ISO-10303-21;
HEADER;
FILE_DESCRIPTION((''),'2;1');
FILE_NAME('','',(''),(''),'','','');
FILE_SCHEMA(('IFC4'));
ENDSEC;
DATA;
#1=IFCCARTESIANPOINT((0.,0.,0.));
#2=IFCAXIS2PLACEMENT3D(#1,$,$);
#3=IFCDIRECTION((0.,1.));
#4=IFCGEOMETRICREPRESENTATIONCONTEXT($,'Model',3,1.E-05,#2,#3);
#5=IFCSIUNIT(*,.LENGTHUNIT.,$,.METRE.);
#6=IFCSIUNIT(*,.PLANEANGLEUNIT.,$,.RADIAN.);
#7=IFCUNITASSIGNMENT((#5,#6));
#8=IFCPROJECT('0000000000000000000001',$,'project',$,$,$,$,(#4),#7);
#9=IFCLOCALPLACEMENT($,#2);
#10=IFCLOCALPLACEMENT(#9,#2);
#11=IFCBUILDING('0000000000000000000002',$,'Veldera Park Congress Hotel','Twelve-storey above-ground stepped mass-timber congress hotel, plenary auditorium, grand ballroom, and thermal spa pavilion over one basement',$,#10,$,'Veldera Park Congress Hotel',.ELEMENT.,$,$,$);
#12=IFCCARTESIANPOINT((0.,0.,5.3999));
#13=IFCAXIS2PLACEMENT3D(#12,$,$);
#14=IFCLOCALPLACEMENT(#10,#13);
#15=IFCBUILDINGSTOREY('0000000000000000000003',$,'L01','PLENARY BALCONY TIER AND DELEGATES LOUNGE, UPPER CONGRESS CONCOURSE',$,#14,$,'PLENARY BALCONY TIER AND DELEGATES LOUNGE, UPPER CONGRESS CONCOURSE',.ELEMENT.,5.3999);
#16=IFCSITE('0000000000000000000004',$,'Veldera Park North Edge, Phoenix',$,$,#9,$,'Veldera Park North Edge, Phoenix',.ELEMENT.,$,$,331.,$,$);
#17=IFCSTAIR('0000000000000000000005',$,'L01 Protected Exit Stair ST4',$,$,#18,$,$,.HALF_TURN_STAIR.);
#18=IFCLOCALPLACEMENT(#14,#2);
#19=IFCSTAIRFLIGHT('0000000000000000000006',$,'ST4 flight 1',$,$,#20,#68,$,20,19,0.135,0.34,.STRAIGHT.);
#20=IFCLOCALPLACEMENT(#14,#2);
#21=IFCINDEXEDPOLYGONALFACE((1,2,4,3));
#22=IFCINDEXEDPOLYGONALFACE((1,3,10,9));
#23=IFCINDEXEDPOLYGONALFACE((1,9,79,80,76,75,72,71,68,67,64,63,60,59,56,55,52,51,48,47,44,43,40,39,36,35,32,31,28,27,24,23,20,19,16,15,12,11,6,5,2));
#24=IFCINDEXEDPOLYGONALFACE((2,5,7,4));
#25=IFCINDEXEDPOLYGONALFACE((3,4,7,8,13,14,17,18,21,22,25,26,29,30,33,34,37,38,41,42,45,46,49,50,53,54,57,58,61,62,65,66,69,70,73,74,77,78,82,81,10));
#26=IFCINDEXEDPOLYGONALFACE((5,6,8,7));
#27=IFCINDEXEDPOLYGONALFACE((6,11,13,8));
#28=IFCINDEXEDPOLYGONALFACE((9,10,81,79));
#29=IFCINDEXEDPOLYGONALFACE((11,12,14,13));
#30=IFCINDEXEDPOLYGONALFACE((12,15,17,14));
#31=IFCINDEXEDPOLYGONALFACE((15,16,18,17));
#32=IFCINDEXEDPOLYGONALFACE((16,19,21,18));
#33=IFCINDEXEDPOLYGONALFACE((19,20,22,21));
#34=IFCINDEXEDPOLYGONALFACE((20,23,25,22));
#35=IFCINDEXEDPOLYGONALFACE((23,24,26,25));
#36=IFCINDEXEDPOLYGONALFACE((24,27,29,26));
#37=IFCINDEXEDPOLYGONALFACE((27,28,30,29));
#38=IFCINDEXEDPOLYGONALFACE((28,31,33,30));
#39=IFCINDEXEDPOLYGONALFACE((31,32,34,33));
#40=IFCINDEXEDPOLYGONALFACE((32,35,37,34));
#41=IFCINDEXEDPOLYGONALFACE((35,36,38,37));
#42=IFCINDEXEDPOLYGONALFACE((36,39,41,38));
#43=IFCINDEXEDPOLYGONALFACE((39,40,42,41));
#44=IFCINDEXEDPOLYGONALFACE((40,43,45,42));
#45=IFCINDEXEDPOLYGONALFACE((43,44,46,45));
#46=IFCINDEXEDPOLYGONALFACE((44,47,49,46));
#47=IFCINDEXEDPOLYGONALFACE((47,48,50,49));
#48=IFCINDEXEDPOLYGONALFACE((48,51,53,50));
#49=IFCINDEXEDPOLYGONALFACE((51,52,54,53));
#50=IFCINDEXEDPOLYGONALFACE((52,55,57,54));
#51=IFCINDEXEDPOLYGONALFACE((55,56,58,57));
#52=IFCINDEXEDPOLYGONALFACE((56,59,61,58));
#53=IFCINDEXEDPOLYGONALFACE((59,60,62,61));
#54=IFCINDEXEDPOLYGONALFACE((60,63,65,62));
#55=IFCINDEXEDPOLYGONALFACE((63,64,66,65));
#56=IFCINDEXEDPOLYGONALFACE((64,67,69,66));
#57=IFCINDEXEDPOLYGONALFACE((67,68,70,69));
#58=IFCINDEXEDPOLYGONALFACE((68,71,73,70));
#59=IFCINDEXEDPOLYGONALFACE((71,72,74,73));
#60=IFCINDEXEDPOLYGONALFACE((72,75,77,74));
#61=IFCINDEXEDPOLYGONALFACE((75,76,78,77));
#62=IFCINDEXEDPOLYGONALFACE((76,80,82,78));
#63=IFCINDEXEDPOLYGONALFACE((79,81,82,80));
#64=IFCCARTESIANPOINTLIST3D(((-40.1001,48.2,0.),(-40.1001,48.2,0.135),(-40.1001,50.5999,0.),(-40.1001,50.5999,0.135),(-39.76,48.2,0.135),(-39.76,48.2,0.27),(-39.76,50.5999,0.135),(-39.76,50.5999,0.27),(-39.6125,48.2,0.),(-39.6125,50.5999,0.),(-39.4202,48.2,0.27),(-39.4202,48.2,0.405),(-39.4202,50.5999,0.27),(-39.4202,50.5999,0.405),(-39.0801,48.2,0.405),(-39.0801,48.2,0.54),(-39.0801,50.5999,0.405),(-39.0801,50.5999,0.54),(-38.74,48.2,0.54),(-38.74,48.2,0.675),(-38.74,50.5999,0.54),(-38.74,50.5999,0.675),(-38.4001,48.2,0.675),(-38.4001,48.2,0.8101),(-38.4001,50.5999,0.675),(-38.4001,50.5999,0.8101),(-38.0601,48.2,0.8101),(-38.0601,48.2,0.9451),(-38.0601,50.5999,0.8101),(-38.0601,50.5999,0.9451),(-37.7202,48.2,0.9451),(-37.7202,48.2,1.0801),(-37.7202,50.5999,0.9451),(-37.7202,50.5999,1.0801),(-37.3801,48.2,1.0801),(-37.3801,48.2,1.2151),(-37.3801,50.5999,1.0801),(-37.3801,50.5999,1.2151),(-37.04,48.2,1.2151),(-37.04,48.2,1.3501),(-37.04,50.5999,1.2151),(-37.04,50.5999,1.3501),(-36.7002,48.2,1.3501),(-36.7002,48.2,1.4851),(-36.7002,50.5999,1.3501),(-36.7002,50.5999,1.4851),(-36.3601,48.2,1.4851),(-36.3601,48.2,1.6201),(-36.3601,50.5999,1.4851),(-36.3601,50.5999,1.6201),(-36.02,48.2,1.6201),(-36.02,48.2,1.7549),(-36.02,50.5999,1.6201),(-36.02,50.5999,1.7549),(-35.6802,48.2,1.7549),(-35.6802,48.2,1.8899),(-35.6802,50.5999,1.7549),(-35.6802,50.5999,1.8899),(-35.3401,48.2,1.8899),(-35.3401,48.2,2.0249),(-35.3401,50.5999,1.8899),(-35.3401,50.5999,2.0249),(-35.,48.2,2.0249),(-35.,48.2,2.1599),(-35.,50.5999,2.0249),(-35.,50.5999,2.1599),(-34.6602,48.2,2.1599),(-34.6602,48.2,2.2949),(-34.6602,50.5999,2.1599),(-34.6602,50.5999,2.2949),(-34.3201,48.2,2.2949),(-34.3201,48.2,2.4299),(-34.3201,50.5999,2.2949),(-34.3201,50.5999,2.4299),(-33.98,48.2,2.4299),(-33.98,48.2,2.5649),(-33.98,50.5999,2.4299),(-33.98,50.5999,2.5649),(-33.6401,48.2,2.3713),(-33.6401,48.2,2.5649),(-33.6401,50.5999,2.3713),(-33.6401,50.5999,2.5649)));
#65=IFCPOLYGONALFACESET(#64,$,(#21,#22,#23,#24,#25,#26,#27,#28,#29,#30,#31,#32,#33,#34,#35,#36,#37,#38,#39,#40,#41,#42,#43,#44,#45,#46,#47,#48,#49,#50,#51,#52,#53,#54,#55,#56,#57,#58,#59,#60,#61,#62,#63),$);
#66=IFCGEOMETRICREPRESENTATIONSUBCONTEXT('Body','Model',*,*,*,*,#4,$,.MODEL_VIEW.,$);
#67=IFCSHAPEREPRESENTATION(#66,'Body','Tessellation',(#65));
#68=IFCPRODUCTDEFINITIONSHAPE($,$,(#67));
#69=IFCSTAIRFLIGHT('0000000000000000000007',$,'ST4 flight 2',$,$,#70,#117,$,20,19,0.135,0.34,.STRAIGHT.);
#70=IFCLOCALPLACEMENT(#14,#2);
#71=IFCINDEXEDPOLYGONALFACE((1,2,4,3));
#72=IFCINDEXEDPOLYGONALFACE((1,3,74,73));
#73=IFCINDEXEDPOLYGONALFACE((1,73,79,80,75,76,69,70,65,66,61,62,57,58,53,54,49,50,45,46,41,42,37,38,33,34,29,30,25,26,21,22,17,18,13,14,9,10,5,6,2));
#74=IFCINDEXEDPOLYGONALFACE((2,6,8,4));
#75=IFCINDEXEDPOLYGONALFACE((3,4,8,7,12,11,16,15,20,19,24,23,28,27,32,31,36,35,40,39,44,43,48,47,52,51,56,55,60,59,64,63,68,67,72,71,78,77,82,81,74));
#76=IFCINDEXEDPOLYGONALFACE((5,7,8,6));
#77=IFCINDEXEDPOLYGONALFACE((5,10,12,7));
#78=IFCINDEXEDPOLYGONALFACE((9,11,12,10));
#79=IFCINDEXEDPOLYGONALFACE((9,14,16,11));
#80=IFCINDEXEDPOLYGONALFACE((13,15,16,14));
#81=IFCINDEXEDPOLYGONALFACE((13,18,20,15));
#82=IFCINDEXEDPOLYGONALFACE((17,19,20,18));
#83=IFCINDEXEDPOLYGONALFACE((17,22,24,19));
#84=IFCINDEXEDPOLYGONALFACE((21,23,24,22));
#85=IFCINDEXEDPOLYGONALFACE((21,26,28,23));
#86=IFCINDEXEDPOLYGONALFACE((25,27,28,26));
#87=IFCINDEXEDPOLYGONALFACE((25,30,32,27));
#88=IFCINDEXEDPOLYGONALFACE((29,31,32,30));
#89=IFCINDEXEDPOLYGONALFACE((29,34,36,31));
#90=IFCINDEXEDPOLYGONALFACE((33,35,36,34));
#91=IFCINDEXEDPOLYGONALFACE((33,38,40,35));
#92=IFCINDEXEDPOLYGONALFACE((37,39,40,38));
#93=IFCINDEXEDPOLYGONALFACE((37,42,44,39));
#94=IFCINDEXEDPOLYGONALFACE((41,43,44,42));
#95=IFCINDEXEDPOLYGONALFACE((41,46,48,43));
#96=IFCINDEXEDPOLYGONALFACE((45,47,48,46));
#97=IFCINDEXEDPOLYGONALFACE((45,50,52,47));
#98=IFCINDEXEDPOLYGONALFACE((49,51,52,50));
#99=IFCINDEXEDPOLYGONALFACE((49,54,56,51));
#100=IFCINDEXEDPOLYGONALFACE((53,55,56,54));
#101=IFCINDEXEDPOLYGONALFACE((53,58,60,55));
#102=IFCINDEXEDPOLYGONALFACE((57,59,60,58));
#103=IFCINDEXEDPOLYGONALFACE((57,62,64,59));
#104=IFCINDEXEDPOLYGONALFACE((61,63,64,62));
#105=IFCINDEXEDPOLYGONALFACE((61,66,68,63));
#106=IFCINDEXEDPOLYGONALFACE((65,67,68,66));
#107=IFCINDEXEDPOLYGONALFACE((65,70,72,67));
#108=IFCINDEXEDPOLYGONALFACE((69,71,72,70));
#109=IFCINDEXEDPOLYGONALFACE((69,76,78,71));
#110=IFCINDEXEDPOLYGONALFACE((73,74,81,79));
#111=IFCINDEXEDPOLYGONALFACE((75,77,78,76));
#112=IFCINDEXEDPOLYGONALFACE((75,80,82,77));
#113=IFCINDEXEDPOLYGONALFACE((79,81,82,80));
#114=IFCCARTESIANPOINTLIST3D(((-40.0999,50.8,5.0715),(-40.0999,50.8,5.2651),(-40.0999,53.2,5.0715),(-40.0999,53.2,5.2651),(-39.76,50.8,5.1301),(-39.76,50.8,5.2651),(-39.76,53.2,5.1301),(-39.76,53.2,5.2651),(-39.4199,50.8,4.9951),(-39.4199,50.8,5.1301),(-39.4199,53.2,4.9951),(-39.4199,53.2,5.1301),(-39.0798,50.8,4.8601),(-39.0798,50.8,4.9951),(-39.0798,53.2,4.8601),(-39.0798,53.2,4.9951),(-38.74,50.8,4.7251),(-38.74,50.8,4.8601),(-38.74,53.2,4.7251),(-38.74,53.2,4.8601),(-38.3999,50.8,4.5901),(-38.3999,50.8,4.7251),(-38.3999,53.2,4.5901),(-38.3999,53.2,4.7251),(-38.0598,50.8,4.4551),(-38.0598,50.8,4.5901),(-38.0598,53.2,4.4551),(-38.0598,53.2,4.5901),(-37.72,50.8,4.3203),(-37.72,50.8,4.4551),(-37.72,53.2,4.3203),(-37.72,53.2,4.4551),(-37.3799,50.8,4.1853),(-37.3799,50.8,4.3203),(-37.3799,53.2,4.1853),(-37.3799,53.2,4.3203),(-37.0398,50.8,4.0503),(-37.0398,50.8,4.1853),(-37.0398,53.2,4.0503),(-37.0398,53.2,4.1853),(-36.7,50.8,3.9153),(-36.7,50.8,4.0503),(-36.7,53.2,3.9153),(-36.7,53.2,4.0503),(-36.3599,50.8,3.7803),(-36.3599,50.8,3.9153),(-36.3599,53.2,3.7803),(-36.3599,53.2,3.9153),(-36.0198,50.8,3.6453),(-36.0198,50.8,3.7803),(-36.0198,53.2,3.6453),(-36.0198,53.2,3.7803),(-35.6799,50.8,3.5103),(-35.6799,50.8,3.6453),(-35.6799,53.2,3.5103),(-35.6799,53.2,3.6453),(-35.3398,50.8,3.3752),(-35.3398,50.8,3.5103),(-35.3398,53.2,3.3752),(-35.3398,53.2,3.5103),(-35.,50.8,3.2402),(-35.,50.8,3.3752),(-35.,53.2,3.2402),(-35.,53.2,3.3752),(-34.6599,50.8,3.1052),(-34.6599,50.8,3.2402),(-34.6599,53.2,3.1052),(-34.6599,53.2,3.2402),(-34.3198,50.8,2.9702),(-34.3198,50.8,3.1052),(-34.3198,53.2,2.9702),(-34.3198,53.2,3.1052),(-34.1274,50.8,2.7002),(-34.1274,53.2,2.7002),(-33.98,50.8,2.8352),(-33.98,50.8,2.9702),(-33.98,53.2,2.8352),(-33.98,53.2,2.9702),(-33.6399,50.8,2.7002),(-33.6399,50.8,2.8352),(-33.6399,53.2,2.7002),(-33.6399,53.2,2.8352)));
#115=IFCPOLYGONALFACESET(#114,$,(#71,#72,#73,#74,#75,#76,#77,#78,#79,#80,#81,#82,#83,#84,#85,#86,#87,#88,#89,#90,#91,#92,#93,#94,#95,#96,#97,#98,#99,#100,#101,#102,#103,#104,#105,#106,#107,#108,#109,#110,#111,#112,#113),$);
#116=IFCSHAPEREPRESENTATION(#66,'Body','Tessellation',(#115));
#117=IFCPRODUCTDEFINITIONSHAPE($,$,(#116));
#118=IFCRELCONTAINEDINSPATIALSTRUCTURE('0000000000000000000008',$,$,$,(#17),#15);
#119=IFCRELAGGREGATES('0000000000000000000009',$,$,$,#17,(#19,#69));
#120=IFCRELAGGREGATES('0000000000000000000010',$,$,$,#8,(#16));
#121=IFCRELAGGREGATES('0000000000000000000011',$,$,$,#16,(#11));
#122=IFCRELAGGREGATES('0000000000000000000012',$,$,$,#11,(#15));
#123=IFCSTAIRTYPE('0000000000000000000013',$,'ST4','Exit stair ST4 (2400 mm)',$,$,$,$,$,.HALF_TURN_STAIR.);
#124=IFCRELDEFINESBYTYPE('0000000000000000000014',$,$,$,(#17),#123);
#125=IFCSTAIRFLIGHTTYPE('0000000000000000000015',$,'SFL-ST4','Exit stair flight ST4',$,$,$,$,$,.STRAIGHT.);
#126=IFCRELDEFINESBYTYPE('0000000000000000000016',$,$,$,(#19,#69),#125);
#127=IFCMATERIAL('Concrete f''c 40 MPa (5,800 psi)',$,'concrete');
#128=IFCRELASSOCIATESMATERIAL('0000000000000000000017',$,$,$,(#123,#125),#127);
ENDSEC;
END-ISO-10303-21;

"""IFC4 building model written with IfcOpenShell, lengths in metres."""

from ifc_helpers import new_model, si_unit, direction, frame, origin, place, context, subcontext, project, spatial, polyline, outline, extrude, material, type_object, element, aggregate, save


model = new_model("IFC4")

# Units and contexts
model_context = context("Model", 3, precision=1e-05, world=origin(), true_north=direction((0.0, 1.0)))
body_context = subcontext(model_context, "Body", "Model", "MODEL_VIEW")
ifc_project = project(units=[si_unit("LENGTHUNIT", "METRE"), si_unit("PLANEANGLEUNIT", "RADIAN")], contexts=[model_context])

# Site, building, storey
site_placement = place(None, origin())
site = spatial("IfcSite", under=ifc_project, at=site_placement, Name="Veldera Park North Edge, Phoenix", LongName="Veldera Park North Edge, Phoenix", CompositionType="ELEMENT", RefElevation=331.0)
building_placement = place(site_placement, origin())
building = spatial("IfcBuilding", under=site, at=building_placement, Name="Veldera Park Congress Hotel", Description="Twelve-storey above-ground stepped mass-timber congress hotel, plenary auditorium, grand ballroom, and thermal spa pavilion over one basement", LongName="Veldera Park Congress Hotel", CompositionType="ELEMENT")
storey_placement = place(building_placement, frame((0.0, 0.0, 5.3999)))
storey = spatial("IfcBuildingStorey", under=building, at=storey_placement, Name="L01", Description="PLENARY BALCONY TIER AND DELEGATES LOUNGE, UPPER CONGRESS CONCOURSE", LongName="PLENARY BALCONY TIER AND DELEGATES LOUNGE, UPPER CONGRESS CONCOURSE", CompositionType="ELEMENT", Elevation=5.3999)

# Shared definitions
ifc_material_1 = material(Name="Concrete f'c 40 MPa (5,800 psi)", Category="concrete")

# Stair, stair flights
stair_type = type_object("IfcStairType", Name="ST4", Description="Exit stair ST4 (2400 mm)", PredefinedType="HALF_TURN_STAIR", material=ifc_material_1)
stair_placement = place(storey_placement, origin())
stair = element("IfcStair", 1, at=stair_placement, inside=storey, type_object=stair_type, Name="L01 Protected Exit Stair ST4", PredefinedType="HALF_TURN_STAIR")
stair_flight_type = type_object("IfcStairFlightType", Name="SFL-ST4", Description="Exit stair flight ST4", PredefinedType="STRAIGHT", material=ifc_material_1)
stair_flight_1_placement = place(storey_placement, frame((-40.1001, 49.3999, 0.0), z_axis=(0.0, 0.0, 1.0), x_axis=(1.0, 0.0, 0.0)))
stair_flight_1 = element("IfcStairFlight", 2, at=stair_flight_1_placement, type_object=stair_flight_type, Name="ST4 flight 1", NumberOfRisers=20, NumberOfTreads=19, PredefinedType="STRAIGHT", RiserHeight=0.135, TreadLength=0.34, context=body_context, shape_type="SweptSolid", body=[
    extrude(outline(polyline([(0.0, 0.0), (0.0, 0.135), (0.3401, 0.135), (0.3401, 0.27), (0.6799, 0.27), (0.6799, 0.405), (1.02, 0.405), (1.02, 0.54), (1.3601, 0.54), (1.3601, 0.675), (1.7, 0.675), (1.7, 0.8101), (2.04, 0.8101), (2.04, 0.9451), (2.3799, 0.9451), (2.3799, 1.0801), (2.72, 1.0801), (2.72, 1.2151), (3.0601, 1.2151), (3.0601, 1.3501), (3.3999, 1.3501), (3.3999, 1.4851), (3.74, 1.4851), (3.74, 1.6201), (4.0801, 1.6201), (4.0801, 1.7549), (4.4199, 1.7549), (4.4199, 1.8899), (4.76, 1.8899), (4.76, 2.0249), (5.1001, 2.0249), (5.1001, 2.1599), (5.4399, 2.1599), (5.4399, 2.2949), (5.78, 2.2949), (5.78, 2.4299), (6.1201, 2.4299), (6.1201, 2.5649), (6.46, 2.5649), (6.46, 2.7), (6.46, 2.7), (6.46, 2.3713), (0.4875, 0.0), (0.0, 0.0)])), frame((0.0, 1.2, 0.0), z_axis=(0.0, -1.0, 0.0), x_axis=(1.0, 0.0, 0.0)), (0.0, 0.0, 1.0), 2.3999),
])
stair_flight_2_placement = place(storey_placement, frame((-33.6399, 52.0, 2.7002), z_axis=(0.0, 0.0, 1.0), x_axis=(-1.0, 0.0, 0.0)))
stair_flight_2 = element("IfcStairFlight", 3, at=stair_flight_2_placement, type_object=stair_flight_type, Name="ST4 flight 2", NumberOfRisers=20, NumberOfTreads=19, PredefinedType="STRAIGHT", RiserHeight=0.135, TreadLength=0.34, context=body_context, shape_type="SweptSolid", body=[
    extrude(outline(polyline([(0.0, 0.0), (0.0, 0.135), (0.3401, 0.135), (0.3401, 0.27), (0.6799, 0.27), (0.6799, 0.405), (1.02, 0.405), (1.02, 0.54), (1.3601, 0.54), (1.3601, 0.675), (1.7, 0.675), (1.7, 0.8101), (2.04, 0.8101), (2.04, 0.9451), (2.3799, 0.9451), (2.3799, 1.0801), (2.72, 1.0801), (2.72, 1.2151), (3.0601, 1.2151), (3.0601, 1.3501), (3.3999, 1.3501), (3.3999, 1.4851), (3.74, 1.4851), (3.74, 1.6201), (4.0801, 1.6201), (4.0801, 1.7549), (4.4199, 1.7549), (4.4199, 1.8899), (4.76, 1.8899), (4.76, 2.0249), (5.1001, 2.0249), (5.1001, 2.1599), (5.4399, 2.1599), (5.4399, 2.2949), (5.78, 2.2949), (5.78, 2.4299), (6.1201, 2.4299), (6.1201, 2.5649), (6.46, 2.5649), (6.46, 2.7), (6.46, 2.7), (6.46, 2.3713), (0.4875, 0.0), (0.0, 0.0)])), frame((0.0, 1.2, 0.0), z_axis=(0.0, -1.0, 0.0), x_axis=(1.0, 0.0, 0.0)), (0.0, 0.0, 1.0), 2.3999),
])
aggregate(stair, [stair_flight_1, stair_flight_2])

save(model, "model.ifc")
